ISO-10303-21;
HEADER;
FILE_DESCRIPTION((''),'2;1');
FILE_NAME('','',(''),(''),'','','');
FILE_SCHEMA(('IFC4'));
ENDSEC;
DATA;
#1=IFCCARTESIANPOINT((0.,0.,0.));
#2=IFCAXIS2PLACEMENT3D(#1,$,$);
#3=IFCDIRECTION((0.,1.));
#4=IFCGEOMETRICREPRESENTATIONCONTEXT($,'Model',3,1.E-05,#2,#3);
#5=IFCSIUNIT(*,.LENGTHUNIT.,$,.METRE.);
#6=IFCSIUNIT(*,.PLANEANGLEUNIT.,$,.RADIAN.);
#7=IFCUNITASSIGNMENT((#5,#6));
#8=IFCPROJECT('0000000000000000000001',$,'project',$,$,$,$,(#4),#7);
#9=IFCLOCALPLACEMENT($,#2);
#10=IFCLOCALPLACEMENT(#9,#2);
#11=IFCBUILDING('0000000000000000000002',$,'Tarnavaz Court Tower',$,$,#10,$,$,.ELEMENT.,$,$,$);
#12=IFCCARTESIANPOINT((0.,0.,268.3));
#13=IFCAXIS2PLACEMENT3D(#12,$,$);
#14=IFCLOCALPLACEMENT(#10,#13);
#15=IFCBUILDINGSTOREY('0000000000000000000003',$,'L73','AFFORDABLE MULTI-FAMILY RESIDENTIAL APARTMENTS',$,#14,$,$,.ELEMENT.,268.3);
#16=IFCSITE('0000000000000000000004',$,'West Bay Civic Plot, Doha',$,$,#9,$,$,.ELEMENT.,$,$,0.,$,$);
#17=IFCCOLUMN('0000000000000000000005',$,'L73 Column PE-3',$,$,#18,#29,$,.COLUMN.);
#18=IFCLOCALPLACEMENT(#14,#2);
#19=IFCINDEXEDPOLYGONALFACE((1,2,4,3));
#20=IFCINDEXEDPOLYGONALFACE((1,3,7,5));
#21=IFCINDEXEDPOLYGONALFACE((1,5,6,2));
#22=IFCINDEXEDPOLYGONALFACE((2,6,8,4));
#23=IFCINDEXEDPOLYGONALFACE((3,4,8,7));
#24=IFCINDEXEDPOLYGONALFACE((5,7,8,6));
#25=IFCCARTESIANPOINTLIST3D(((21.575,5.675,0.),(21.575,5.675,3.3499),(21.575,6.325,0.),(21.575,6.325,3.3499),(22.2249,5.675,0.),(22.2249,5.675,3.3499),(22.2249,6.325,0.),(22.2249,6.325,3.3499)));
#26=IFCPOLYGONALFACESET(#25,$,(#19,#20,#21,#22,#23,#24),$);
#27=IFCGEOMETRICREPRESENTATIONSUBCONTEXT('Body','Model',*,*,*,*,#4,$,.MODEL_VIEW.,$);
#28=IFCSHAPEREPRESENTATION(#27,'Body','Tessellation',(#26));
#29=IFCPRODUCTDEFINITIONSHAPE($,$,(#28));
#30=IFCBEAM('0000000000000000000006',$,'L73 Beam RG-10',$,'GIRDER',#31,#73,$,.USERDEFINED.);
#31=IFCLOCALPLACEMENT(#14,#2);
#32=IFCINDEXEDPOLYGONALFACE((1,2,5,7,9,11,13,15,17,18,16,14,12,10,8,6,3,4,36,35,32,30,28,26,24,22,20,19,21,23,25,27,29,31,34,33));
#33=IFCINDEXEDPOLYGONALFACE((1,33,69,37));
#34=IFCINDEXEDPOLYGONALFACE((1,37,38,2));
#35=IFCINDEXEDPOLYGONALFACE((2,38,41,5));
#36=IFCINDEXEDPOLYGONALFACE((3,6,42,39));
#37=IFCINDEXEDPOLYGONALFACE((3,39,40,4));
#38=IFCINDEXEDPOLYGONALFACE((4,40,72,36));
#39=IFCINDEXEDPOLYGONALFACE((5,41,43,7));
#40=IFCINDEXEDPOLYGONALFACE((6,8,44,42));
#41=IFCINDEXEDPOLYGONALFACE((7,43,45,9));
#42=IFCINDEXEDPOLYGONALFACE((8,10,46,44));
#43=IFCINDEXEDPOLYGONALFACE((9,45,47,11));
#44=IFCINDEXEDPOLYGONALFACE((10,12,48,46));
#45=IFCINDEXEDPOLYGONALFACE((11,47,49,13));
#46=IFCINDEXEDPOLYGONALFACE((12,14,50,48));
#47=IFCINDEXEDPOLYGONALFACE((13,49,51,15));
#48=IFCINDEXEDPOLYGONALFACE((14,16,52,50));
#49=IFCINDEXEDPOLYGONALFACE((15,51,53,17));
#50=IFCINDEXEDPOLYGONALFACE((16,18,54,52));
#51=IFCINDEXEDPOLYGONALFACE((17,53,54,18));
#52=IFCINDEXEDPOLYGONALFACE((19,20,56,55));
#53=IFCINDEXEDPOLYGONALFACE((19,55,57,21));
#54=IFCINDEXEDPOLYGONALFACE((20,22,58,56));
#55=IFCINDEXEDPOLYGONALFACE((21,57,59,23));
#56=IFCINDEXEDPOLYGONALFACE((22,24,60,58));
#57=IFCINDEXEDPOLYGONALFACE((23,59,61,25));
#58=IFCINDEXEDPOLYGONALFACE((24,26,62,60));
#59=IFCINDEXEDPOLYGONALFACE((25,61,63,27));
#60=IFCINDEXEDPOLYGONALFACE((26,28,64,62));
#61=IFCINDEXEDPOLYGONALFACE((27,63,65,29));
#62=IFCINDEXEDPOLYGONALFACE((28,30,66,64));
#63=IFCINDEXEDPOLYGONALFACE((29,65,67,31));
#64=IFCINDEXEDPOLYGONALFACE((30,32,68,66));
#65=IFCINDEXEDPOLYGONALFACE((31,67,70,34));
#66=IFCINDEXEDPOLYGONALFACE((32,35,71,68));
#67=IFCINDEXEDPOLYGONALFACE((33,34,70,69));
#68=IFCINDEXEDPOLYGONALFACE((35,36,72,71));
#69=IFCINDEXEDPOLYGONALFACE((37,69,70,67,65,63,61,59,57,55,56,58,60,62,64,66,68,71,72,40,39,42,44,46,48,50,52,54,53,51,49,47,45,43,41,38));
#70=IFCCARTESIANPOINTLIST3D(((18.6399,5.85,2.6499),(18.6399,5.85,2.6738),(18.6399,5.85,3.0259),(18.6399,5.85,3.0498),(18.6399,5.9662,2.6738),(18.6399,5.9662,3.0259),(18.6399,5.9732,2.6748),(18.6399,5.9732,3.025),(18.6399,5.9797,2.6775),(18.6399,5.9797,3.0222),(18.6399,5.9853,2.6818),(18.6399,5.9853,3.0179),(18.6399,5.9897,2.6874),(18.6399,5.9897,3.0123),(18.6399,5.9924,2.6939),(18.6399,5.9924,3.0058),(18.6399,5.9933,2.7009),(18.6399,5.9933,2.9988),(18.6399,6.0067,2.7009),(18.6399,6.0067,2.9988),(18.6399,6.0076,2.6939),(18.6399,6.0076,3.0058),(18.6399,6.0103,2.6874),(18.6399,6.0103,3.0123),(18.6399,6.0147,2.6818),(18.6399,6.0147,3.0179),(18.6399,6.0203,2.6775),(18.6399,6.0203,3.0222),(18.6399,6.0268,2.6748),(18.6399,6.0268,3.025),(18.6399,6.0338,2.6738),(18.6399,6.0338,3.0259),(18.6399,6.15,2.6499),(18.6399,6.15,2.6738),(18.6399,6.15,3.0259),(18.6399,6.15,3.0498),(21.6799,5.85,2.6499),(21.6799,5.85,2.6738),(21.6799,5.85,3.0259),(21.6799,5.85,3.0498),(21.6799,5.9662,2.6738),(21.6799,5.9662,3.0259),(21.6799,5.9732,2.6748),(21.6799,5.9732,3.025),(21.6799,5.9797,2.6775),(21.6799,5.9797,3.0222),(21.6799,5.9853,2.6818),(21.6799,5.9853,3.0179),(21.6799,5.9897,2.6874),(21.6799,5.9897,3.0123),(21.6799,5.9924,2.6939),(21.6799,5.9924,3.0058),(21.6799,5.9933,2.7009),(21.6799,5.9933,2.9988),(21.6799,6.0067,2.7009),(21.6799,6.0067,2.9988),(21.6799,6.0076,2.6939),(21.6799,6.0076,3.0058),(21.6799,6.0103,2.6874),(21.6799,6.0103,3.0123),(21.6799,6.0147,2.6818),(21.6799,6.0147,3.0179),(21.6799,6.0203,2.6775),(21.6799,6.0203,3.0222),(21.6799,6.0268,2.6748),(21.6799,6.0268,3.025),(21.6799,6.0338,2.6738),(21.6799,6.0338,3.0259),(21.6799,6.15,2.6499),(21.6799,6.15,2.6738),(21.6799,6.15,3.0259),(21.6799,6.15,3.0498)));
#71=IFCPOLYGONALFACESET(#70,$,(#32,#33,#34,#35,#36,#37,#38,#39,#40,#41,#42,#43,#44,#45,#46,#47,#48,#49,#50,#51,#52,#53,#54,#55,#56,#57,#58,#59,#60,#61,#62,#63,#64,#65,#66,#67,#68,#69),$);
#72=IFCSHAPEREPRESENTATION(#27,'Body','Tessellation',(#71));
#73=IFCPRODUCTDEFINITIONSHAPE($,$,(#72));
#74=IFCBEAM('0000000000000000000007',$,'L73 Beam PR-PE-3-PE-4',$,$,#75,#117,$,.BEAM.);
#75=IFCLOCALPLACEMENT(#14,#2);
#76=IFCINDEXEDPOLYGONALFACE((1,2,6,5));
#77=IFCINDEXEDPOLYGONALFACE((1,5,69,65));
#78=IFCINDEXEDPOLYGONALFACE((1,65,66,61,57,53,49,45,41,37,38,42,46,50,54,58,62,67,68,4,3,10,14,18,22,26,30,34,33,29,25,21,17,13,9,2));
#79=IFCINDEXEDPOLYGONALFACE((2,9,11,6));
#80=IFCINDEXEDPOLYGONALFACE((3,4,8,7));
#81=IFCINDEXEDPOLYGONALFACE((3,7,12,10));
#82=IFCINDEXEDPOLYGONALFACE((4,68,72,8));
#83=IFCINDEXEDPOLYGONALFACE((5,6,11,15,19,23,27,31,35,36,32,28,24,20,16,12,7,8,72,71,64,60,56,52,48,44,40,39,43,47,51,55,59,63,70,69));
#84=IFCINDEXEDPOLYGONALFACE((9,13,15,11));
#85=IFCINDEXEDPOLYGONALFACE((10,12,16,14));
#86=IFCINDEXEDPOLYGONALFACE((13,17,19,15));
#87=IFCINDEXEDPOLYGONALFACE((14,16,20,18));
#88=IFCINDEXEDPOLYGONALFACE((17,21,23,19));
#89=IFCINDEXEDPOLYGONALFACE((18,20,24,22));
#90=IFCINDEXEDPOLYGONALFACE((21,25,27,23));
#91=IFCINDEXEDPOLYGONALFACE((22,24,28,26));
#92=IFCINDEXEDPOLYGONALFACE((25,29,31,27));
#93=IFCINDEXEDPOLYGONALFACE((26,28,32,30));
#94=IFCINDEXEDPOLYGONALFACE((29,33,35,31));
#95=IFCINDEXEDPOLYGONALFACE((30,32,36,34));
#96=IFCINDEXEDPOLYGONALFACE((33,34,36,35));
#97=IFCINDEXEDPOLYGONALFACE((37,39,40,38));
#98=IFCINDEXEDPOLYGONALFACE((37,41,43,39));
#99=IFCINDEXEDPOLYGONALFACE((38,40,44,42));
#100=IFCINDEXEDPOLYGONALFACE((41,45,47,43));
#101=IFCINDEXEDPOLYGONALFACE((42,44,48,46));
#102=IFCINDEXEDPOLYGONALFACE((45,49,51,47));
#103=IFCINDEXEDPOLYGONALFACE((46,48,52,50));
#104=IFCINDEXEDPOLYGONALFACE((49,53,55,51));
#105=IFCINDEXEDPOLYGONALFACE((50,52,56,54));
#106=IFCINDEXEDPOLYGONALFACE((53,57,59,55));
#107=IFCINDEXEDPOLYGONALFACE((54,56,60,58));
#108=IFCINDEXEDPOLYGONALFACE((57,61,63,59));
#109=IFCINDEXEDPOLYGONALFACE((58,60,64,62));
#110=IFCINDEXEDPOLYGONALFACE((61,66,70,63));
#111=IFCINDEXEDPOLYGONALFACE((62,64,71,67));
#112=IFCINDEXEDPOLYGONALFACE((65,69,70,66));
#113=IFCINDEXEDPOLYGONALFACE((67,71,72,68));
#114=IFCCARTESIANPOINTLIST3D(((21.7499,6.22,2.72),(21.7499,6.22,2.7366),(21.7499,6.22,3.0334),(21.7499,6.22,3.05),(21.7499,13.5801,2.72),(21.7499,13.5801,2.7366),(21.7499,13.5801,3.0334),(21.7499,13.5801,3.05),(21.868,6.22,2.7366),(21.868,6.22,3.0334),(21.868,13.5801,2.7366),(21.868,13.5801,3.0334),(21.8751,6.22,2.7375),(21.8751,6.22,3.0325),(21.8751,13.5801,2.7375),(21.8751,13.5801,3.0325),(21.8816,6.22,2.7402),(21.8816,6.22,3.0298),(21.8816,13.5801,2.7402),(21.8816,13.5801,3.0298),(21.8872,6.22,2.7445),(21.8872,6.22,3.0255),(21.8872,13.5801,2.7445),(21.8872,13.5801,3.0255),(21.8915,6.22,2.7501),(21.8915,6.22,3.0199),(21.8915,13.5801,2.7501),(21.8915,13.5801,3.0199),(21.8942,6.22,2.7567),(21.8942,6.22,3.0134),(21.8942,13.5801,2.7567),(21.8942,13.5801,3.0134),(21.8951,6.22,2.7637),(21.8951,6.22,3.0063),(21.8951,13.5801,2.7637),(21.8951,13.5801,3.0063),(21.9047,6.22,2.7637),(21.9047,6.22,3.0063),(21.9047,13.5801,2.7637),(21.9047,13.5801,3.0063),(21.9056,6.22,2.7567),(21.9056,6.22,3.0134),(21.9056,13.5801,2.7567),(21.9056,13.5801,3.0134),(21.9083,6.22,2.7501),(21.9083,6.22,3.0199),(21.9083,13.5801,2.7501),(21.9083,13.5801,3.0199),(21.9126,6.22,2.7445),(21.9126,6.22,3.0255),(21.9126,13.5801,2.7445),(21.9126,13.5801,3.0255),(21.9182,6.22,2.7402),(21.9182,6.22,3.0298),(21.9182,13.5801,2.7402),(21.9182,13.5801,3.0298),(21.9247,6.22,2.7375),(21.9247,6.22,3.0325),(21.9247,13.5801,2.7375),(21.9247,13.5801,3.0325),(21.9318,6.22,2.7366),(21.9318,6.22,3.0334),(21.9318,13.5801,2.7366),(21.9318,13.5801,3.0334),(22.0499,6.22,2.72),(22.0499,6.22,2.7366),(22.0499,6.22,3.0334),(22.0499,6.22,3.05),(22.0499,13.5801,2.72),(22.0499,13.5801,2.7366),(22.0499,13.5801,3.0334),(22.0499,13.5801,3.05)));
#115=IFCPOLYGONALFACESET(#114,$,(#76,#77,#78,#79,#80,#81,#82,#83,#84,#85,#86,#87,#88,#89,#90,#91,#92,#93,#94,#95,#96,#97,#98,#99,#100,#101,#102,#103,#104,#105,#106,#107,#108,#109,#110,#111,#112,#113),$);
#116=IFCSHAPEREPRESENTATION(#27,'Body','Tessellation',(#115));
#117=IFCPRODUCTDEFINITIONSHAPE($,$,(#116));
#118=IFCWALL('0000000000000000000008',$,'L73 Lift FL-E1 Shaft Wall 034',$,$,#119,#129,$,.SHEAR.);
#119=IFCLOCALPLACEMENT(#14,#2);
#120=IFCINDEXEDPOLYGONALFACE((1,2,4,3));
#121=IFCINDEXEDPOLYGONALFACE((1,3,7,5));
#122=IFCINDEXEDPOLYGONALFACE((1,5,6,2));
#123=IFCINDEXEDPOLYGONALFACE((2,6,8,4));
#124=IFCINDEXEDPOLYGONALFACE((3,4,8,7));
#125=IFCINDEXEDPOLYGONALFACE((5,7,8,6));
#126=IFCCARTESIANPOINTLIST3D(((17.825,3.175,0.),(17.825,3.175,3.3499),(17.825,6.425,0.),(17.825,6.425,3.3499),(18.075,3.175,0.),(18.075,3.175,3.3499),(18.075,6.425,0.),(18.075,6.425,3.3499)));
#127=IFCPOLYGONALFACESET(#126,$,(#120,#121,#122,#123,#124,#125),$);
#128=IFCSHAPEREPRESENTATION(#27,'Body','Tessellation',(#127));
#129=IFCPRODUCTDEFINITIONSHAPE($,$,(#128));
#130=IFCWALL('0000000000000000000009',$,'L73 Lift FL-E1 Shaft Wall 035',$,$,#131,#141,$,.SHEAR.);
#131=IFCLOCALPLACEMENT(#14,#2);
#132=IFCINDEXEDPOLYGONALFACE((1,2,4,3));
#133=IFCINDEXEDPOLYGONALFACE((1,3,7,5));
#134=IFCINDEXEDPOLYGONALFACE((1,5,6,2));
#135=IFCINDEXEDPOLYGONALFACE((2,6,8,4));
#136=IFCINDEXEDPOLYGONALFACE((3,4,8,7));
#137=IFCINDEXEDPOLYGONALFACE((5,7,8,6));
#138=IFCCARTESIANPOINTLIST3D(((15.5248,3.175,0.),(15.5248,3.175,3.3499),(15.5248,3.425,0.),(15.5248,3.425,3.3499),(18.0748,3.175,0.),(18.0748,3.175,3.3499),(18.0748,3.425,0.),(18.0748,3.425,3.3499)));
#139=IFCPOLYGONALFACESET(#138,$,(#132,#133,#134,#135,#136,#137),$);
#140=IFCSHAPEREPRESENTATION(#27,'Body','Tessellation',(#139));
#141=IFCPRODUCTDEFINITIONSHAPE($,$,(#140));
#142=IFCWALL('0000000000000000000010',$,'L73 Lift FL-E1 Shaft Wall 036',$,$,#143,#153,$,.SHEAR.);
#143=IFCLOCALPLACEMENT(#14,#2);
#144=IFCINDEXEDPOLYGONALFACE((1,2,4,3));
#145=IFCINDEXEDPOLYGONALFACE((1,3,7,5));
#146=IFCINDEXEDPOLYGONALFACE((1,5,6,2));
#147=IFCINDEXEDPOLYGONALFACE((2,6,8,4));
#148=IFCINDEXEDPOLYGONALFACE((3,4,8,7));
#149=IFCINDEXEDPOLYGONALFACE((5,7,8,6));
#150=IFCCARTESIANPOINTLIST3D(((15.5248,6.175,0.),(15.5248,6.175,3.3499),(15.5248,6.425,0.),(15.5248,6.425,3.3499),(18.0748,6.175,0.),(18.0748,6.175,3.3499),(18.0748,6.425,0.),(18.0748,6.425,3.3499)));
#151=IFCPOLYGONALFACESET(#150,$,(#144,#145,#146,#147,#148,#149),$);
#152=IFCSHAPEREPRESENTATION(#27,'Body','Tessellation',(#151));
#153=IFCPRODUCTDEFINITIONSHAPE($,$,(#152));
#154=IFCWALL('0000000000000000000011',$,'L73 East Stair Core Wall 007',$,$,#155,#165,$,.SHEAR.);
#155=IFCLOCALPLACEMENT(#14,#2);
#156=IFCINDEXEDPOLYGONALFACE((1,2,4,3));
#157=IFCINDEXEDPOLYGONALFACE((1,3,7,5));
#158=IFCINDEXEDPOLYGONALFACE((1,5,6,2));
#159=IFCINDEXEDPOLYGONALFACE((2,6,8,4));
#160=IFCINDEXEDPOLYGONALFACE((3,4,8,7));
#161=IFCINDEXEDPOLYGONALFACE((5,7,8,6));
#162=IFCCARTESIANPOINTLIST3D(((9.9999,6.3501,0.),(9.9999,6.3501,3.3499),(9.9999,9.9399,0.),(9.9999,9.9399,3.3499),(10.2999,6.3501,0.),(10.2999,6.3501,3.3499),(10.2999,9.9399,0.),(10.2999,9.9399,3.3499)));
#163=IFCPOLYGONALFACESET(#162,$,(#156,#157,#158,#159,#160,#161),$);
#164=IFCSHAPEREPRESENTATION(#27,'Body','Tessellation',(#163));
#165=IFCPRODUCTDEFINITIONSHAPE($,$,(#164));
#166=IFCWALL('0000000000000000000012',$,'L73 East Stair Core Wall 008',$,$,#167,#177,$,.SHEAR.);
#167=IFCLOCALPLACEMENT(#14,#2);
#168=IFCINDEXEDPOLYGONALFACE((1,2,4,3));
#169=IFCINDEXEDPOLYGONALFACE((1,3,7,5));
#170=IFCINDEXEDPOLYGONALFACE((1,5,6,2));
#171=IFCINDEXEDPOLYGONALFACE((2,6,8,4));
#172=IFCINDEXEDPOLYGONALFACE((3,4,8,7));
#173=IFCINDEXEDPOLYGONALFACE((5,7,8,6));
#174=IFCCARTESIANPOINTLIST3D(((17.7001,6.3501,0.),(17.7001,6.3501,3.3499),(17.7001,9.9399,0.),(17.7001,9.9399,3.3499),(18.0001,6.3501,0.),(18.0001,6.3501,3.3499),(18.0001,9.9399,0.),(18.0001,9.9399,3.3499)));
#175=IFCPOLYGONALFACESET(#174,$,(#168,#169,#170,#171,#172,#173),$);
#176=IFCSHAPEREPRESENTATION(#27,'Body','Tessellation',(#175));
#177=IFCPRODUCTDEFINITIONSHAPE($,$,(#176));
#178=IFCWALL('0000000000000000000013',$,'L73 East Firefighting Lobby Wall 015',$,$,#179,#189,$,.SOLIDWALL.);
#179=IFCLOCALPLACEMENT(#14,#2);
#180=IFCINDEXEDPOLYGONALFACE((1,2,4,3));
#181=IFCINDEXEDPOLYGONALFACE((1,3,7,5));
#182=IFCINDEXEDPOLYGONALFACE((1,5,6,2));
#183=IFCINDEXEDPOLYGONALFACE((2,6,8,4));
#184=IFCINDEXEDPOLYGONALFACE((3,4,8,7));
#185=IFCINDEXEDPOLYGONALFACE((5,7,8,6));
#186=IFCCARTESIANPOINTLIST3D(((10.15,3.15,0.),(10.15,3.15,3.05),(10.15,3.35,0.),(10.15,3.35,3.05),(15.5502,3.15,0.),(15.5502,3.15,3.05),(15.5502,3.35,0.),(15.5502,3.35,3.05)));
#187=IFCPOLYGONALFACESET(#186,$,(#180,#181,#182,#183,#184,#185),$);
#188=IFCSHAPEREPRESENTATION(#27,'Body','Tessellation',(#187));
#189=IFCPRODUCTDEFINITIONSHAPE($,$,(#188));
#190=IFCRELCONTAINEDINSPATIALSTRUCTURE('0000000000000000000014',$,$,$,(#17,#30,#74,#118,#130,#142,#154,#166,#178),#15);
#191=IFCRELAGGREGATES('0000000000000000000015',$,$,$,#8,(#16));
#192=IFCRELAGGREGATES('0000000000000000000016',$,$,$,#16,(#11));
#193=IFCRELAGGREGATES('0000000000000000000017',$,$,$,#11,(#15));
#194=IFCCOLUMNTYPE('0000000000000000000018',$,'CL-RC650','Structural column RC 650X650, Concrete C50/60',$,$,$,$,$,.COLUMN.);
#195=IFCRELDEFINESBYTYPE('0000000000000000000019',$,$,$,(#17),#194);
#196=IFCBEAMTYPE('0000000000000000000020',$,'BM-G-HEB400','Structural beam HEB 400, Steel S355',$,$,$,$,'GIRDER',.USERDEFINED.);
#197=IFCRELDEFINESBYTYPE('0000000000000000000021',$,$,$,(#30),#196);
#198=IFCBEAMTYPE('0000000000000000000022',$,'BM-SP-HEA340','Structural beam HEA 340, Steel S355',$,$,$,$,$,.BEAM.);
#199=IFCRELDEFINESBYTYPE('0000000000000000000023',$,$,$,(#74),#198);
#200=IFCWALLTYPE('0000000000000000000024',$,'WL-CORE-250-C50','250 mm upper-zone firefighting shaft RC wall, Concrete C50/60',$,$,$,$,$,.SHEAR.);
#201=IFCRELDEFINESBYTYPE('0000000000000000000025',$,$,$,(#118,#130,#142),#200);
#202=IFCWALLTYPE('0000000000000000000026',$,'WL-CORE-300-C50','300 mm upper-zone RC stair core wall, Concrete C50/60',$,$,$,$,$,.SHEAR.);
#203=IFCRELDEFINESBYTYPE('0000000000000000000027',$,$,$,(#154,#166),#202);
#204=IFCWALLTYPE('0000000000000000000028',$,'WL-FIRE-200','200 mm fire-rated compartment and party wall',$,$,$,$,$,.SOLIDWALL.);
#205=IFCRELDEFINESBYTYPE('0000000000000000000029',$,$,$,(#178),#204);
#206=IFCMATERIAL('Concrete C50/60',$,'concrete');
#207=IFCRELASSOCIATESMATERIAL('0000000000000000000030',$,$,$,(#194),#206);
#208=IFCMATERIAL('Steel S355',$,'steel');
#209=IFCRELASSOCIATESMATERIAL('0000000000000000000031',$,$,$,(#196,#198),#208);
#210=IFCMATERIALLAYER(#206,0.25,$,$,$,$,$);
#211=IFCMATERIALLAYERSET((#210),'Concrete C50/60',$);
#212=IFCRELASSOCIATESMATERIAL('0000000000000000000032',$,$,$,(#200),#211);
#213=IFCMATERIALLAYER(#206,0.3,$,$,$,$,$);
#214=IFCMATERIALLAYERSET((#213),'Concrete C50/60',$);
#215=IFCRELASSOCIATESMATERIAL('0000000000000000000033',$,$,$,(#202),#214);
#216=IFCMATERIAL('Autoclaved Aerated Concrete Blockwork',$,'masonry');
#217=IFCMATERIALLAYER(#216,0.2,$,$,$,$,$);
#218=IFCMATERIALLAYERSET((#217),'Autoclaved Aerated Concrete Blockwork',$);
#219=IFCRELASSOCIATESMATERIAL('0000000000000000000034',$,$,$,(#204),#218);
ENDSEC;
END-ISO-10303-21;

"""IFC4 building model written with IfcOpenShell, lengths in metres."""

from ifc_helpers import new_model, si_unit, direction, frame, frame_2d, origin, origin_2d, place, context, subcontext, project, spatial, rectangle, i_section, extrude, material, layer, layer_set, material_profile, profile_set, type_object, element, save


model = new_model("IFC4")

# Units and contexts
model_context = context("Model", 3, precision=1e-05, world=origin(), true_north=direction((0.0, 1.0)))
body_context = subcontext(model_context, "Body", "Model", "MODEL_VIEW")
ifc_project = project(units=[si_unit("LENGTHUNIT", "METRE"), si_unit("PLANEANGLEUNIT", "RADIAN")], contexts=[model_context])

# Site, building, storey
site_placement = place(None, origin())
site = spatial("IfcSite", under=ifc_project, at=site_placement, Name="West Bay Civic Plot, Doha", CompositionType="ELEMENT", RefElevation=0.0)
building_placement = place(site_placement, origin())
building = spatial("IfcBuilding", under=site, at=building_placement, Name="Tarnavaz Court Tower", CompositionType="ELEMENT")
storey_placement = place(building_placement, frame((0.0, 0.0, 268.3)))
storey = spatial("IfcBuildingStorey", under=building, at=storey_placement, Name="L73", Description="AFFORDABLE MULTI-FAMILY RESIDENTIAL APARTMENTS", CompositionType="ELEMENT", Elevation=268.3)

# Column
ifc_material_1 = material(Name="Concrete C50/60", Category="concrete")
ifc_material_profile_1 = material_profile(ifc_material_1, rectangle(XDim=0.6499, YDim=0.6499, at=origin_2d()), Name="RC 650X650")
ifc_profile_set_1 = profile_set([ifc_material_profile_1], Name="Concrete C50/60")
column_type = type_object("IfcColumnType", Name="CL-RC650", Description="Structural column RC 650X650, Concrete C50/60", PredefinedType="COLUMN", material=ifc_profile_set_1)
column_placement = place(storey_placement, frame((21.8999, 6.0, 0.0), z_axis=(0.0, 0.0, 1.0), x_axis=(1.0, 0.0, 0.0)))
element("IfcColumn", 1, at=column_placement, inside=storey, type_object=column_type, Name="L73 Column PE-3", PredefinedType="COLUMN", context=body_context, shape_type="SweptSolid", body=[
    extrude(rectangle(XDim=0.6499, YDim=0.6499, at=origin_2d()), origin(), (0.0, 0.0, 1.0), 3.3499),
])

# Beams
ifc_material_2 = material(Name="Steel S355", Category="steel")
ifc_material_profile_2 = material_profile(ifc_material_2, i_section(OverallWidth=0.3, OverallDepth=0.3999, WebThickness=0.0134, FlangeThickness=0.0239, FilletRadius=0.0271, at=origin_2d()), Name="HEB 400")
ifc_profile_set_2 = profile_set([ifc_material_profile_2], Name="Steel S355")
beam_type_1 = type_object("IfcBeamType", Name="BM-G-HEB400", Description="Structural beam HEB 400, Steel S355", ElementType="GIRDER", PredefinedType="USERDEFINED", material=ifc_profile_set_2)
beam_1_placement = place(storey_placement, frame((18.6399, 6.0, 2.8499), z_axis=(1.0, 0.0, 0.0), x_axis=(0.0, 1.0, 0.0)))
element("IfcBeam", 2, at=beam_1_placement, inside=storey, type_object=beam_type_1, Name="L73 Beam RG-10", ObjectType="GIRDER", PredefinedType="USERDEFINED", context=body_context, shape_type="SweptSolid", body=[
    extrude(i_section(OverallWidth=0.3, OverallDepth=0.3999, WebThickness=0.0134, FlangeThickness=0.0239, FilletRadius=0.0271, at=origin_2d()), origin(), (0.0, 0.0, 1.0), 3.04),
])
ifc_material_profile_3 = material_profile(ifc_material_2, i_section(OverallWidth=0.3, OverallDepth=0.3301, WebThickness=0.0095, FlangeThickness=0.0166, FilletRadius=0.0271, at=origin_2d()), Name="HEA 340")
ifc_profile_set_3 = profile_set([ifc_material_profile_3], Name="Steel S355")
beam_type_2 = type_object("IfcBeamType", Name="BM-SP-HEA340", Description="Structural beam HEA 340, Steel S355", PredefinedType="BEAM", material=ifc_profile_set_3)
beam_2_placement = place(storey_placement, frame((21.8999, 6.22, 2.885), z_axis=(0.0, 1.0, 0.0), x_axis=(-1.0, 0.0, 0.0)))
element("IfcBeam", 3, at=beam_2_placement, inside=storey, type_object=beam_type_2, Name="L73 Beam PR-PE-3-PE-4", PredefinedType="BEAM", context=body_context, shape_type="SweptSolid", body=[
    extrude(i_section(OverallWidth=0.3, OverallDepth=0.3301, WebThickness=0.0095, FlangeThickness=0.0166, FilletRadius=0.0271, at=origin_2d()), origin(), (0.0, 0.0, 1.0), 7.3601),
])

# Shared definitions
ifc_layer_1 = layer(ifc_material_1, 0.25)
ifc_layer_set_1 = layer_set([ifc_layer_1], Name="Concrete C50/60")
wall_type_1 = type_object("IfcWallType", Name="WL-CORE-250-C50", Description="250 mm upper-zone firefighting shaft RC wall, Concrete C50/60", PredefinedType="SHEAR", material=ifc_layer_set_1)

# Walls
wall_1_placement = place(storey_placement, frame((17.95, 3.175, 0.0), z_axis=(0.0, 0.0, 1.0), x_axis=(0.0, 1.0, 0.0)))
element("IfcWall", 4, at=wall_1_placement, inside=storey, type_object=wall_type_1, Name="L73 Lift FL-E1 Shaft Wall 034", PredefinedType="SHEAR", context=body_context, shape_type="SweptSolid", body=[
    extrude(rectangle(XDim=3.25, YDim=0.25, at=frame_2d((1.625, 0.0))), origin(), (0.0, 0.0, 1.0), 3.3499),
])
for number, where, z_axis, x_axis, name in (
    (5, (15.5249, 3.3, 0.0), (0.0, 0.0, 1.0), (1.0, 0.0, 0.0), "L73 Lift FL-E1 Shaft Wall 035"),
    (6, (15.5249, 6.3, 0.0), (0.0, 0.0, 1.0), (1.0, 0.0, 0.0), "L73 Lift FL-E1 Shaft Wall 036"),
):
    element("IfcWall", number, at=place(storey_placement, frame(where, z_axis=z_axis, x_axis=x_axis)), inside=storey, type_object=wall_type_1, Name=name, PredefinedType="SHEAR", context=body_context, shape_type="SweptSolid", body=[
        extrude(rectangle(XDim=2.55, YDim=0.25, at=frame_2d((1.2749, 0.0))), origin(), (0.0, 0.0, 1.0), 3.3499),
    ])
ifc_layer_2 = layer(ifc_material_1, 0.3)
ifc_layer_set_2 = layer_set([ifc_layer_2], Name="Concrete C50/60")
wall_type_2 = type_object("IfcWallType", Name="WL-CORE-300-C50", Description="300 mm upper-zone RC stair core wall, Concrete C50/60", PredefinedType="SHEAR", material=ifc_layer_set_2)
for number, where, z_axis, x_axis, name in (
    (7, (10.1499, 6.3501, 0.0), (0.0, 0.0, 1.0), (0.0, 1.0, 0.0), "L73 East Stair Core Wall 007"),
    (8, (17.8501, 6.3501, 0.0), (0.0, 0.0, 1.0), (0.0, 1.0, 0.0), "L73 East Stair Core Wall 008"),
):
    element("IfcWall", number, at=place(storey_placement, frame(where, z_axis=z_axis, x_axis=x_axis)), inside=storey, type_object=wall_type_2, Name=name, PredefinedType="SHEAR", context=body_context, shape_type="SweptSolid", body=[
        extrude(rectangle(XDim=3.5898, YDim=0.3, at=frame_2d((1.7949, 0.0))), origin(), (0.0, 0.0, 1.0), 3.3499),
    ])
ifc_material_3 = material(Name="Autoclaved Aerated Concrete Blockwork", Category="masonry")
ifc_layer_3 = layer(ifc_material_3, 0.2)
ifc_layer_set_3 = layer_set([ifc_layer_3], Name="Autoclaved Aerated Concrete Blockwork")
wall_type_3 = type_object("IfcWallType", Name="WL-FIRE-200", Description="200 mm fire-rated compartment and party wall", PredefinedType="SOLIDWALL", material=ifc_layer_set_3)
wall_2_placement = place(storey_placement, frame((10.1499, 3.25, 0.0), z_axis=(0.0, 0.0, 1.0), x_axis=(1.0, 0.0, 0.0)))
element("IfcWall", 9, at=wall_2_placement, inside=storey, type_object=wall_type_3, Name="L73 East Firefighting Lobby Wall 015", PredefinedType="SOLIDWALL", context=body_context, shape_type="SweptSolid", body=[
    extrude(rectangle(XDim=5.4001, YDim=0.2, at=frame_2d((2.7002, 0.0))), origin(), (0.0, 0.0, 1.0), 3.05),
])

save(model, "model.ifc")
